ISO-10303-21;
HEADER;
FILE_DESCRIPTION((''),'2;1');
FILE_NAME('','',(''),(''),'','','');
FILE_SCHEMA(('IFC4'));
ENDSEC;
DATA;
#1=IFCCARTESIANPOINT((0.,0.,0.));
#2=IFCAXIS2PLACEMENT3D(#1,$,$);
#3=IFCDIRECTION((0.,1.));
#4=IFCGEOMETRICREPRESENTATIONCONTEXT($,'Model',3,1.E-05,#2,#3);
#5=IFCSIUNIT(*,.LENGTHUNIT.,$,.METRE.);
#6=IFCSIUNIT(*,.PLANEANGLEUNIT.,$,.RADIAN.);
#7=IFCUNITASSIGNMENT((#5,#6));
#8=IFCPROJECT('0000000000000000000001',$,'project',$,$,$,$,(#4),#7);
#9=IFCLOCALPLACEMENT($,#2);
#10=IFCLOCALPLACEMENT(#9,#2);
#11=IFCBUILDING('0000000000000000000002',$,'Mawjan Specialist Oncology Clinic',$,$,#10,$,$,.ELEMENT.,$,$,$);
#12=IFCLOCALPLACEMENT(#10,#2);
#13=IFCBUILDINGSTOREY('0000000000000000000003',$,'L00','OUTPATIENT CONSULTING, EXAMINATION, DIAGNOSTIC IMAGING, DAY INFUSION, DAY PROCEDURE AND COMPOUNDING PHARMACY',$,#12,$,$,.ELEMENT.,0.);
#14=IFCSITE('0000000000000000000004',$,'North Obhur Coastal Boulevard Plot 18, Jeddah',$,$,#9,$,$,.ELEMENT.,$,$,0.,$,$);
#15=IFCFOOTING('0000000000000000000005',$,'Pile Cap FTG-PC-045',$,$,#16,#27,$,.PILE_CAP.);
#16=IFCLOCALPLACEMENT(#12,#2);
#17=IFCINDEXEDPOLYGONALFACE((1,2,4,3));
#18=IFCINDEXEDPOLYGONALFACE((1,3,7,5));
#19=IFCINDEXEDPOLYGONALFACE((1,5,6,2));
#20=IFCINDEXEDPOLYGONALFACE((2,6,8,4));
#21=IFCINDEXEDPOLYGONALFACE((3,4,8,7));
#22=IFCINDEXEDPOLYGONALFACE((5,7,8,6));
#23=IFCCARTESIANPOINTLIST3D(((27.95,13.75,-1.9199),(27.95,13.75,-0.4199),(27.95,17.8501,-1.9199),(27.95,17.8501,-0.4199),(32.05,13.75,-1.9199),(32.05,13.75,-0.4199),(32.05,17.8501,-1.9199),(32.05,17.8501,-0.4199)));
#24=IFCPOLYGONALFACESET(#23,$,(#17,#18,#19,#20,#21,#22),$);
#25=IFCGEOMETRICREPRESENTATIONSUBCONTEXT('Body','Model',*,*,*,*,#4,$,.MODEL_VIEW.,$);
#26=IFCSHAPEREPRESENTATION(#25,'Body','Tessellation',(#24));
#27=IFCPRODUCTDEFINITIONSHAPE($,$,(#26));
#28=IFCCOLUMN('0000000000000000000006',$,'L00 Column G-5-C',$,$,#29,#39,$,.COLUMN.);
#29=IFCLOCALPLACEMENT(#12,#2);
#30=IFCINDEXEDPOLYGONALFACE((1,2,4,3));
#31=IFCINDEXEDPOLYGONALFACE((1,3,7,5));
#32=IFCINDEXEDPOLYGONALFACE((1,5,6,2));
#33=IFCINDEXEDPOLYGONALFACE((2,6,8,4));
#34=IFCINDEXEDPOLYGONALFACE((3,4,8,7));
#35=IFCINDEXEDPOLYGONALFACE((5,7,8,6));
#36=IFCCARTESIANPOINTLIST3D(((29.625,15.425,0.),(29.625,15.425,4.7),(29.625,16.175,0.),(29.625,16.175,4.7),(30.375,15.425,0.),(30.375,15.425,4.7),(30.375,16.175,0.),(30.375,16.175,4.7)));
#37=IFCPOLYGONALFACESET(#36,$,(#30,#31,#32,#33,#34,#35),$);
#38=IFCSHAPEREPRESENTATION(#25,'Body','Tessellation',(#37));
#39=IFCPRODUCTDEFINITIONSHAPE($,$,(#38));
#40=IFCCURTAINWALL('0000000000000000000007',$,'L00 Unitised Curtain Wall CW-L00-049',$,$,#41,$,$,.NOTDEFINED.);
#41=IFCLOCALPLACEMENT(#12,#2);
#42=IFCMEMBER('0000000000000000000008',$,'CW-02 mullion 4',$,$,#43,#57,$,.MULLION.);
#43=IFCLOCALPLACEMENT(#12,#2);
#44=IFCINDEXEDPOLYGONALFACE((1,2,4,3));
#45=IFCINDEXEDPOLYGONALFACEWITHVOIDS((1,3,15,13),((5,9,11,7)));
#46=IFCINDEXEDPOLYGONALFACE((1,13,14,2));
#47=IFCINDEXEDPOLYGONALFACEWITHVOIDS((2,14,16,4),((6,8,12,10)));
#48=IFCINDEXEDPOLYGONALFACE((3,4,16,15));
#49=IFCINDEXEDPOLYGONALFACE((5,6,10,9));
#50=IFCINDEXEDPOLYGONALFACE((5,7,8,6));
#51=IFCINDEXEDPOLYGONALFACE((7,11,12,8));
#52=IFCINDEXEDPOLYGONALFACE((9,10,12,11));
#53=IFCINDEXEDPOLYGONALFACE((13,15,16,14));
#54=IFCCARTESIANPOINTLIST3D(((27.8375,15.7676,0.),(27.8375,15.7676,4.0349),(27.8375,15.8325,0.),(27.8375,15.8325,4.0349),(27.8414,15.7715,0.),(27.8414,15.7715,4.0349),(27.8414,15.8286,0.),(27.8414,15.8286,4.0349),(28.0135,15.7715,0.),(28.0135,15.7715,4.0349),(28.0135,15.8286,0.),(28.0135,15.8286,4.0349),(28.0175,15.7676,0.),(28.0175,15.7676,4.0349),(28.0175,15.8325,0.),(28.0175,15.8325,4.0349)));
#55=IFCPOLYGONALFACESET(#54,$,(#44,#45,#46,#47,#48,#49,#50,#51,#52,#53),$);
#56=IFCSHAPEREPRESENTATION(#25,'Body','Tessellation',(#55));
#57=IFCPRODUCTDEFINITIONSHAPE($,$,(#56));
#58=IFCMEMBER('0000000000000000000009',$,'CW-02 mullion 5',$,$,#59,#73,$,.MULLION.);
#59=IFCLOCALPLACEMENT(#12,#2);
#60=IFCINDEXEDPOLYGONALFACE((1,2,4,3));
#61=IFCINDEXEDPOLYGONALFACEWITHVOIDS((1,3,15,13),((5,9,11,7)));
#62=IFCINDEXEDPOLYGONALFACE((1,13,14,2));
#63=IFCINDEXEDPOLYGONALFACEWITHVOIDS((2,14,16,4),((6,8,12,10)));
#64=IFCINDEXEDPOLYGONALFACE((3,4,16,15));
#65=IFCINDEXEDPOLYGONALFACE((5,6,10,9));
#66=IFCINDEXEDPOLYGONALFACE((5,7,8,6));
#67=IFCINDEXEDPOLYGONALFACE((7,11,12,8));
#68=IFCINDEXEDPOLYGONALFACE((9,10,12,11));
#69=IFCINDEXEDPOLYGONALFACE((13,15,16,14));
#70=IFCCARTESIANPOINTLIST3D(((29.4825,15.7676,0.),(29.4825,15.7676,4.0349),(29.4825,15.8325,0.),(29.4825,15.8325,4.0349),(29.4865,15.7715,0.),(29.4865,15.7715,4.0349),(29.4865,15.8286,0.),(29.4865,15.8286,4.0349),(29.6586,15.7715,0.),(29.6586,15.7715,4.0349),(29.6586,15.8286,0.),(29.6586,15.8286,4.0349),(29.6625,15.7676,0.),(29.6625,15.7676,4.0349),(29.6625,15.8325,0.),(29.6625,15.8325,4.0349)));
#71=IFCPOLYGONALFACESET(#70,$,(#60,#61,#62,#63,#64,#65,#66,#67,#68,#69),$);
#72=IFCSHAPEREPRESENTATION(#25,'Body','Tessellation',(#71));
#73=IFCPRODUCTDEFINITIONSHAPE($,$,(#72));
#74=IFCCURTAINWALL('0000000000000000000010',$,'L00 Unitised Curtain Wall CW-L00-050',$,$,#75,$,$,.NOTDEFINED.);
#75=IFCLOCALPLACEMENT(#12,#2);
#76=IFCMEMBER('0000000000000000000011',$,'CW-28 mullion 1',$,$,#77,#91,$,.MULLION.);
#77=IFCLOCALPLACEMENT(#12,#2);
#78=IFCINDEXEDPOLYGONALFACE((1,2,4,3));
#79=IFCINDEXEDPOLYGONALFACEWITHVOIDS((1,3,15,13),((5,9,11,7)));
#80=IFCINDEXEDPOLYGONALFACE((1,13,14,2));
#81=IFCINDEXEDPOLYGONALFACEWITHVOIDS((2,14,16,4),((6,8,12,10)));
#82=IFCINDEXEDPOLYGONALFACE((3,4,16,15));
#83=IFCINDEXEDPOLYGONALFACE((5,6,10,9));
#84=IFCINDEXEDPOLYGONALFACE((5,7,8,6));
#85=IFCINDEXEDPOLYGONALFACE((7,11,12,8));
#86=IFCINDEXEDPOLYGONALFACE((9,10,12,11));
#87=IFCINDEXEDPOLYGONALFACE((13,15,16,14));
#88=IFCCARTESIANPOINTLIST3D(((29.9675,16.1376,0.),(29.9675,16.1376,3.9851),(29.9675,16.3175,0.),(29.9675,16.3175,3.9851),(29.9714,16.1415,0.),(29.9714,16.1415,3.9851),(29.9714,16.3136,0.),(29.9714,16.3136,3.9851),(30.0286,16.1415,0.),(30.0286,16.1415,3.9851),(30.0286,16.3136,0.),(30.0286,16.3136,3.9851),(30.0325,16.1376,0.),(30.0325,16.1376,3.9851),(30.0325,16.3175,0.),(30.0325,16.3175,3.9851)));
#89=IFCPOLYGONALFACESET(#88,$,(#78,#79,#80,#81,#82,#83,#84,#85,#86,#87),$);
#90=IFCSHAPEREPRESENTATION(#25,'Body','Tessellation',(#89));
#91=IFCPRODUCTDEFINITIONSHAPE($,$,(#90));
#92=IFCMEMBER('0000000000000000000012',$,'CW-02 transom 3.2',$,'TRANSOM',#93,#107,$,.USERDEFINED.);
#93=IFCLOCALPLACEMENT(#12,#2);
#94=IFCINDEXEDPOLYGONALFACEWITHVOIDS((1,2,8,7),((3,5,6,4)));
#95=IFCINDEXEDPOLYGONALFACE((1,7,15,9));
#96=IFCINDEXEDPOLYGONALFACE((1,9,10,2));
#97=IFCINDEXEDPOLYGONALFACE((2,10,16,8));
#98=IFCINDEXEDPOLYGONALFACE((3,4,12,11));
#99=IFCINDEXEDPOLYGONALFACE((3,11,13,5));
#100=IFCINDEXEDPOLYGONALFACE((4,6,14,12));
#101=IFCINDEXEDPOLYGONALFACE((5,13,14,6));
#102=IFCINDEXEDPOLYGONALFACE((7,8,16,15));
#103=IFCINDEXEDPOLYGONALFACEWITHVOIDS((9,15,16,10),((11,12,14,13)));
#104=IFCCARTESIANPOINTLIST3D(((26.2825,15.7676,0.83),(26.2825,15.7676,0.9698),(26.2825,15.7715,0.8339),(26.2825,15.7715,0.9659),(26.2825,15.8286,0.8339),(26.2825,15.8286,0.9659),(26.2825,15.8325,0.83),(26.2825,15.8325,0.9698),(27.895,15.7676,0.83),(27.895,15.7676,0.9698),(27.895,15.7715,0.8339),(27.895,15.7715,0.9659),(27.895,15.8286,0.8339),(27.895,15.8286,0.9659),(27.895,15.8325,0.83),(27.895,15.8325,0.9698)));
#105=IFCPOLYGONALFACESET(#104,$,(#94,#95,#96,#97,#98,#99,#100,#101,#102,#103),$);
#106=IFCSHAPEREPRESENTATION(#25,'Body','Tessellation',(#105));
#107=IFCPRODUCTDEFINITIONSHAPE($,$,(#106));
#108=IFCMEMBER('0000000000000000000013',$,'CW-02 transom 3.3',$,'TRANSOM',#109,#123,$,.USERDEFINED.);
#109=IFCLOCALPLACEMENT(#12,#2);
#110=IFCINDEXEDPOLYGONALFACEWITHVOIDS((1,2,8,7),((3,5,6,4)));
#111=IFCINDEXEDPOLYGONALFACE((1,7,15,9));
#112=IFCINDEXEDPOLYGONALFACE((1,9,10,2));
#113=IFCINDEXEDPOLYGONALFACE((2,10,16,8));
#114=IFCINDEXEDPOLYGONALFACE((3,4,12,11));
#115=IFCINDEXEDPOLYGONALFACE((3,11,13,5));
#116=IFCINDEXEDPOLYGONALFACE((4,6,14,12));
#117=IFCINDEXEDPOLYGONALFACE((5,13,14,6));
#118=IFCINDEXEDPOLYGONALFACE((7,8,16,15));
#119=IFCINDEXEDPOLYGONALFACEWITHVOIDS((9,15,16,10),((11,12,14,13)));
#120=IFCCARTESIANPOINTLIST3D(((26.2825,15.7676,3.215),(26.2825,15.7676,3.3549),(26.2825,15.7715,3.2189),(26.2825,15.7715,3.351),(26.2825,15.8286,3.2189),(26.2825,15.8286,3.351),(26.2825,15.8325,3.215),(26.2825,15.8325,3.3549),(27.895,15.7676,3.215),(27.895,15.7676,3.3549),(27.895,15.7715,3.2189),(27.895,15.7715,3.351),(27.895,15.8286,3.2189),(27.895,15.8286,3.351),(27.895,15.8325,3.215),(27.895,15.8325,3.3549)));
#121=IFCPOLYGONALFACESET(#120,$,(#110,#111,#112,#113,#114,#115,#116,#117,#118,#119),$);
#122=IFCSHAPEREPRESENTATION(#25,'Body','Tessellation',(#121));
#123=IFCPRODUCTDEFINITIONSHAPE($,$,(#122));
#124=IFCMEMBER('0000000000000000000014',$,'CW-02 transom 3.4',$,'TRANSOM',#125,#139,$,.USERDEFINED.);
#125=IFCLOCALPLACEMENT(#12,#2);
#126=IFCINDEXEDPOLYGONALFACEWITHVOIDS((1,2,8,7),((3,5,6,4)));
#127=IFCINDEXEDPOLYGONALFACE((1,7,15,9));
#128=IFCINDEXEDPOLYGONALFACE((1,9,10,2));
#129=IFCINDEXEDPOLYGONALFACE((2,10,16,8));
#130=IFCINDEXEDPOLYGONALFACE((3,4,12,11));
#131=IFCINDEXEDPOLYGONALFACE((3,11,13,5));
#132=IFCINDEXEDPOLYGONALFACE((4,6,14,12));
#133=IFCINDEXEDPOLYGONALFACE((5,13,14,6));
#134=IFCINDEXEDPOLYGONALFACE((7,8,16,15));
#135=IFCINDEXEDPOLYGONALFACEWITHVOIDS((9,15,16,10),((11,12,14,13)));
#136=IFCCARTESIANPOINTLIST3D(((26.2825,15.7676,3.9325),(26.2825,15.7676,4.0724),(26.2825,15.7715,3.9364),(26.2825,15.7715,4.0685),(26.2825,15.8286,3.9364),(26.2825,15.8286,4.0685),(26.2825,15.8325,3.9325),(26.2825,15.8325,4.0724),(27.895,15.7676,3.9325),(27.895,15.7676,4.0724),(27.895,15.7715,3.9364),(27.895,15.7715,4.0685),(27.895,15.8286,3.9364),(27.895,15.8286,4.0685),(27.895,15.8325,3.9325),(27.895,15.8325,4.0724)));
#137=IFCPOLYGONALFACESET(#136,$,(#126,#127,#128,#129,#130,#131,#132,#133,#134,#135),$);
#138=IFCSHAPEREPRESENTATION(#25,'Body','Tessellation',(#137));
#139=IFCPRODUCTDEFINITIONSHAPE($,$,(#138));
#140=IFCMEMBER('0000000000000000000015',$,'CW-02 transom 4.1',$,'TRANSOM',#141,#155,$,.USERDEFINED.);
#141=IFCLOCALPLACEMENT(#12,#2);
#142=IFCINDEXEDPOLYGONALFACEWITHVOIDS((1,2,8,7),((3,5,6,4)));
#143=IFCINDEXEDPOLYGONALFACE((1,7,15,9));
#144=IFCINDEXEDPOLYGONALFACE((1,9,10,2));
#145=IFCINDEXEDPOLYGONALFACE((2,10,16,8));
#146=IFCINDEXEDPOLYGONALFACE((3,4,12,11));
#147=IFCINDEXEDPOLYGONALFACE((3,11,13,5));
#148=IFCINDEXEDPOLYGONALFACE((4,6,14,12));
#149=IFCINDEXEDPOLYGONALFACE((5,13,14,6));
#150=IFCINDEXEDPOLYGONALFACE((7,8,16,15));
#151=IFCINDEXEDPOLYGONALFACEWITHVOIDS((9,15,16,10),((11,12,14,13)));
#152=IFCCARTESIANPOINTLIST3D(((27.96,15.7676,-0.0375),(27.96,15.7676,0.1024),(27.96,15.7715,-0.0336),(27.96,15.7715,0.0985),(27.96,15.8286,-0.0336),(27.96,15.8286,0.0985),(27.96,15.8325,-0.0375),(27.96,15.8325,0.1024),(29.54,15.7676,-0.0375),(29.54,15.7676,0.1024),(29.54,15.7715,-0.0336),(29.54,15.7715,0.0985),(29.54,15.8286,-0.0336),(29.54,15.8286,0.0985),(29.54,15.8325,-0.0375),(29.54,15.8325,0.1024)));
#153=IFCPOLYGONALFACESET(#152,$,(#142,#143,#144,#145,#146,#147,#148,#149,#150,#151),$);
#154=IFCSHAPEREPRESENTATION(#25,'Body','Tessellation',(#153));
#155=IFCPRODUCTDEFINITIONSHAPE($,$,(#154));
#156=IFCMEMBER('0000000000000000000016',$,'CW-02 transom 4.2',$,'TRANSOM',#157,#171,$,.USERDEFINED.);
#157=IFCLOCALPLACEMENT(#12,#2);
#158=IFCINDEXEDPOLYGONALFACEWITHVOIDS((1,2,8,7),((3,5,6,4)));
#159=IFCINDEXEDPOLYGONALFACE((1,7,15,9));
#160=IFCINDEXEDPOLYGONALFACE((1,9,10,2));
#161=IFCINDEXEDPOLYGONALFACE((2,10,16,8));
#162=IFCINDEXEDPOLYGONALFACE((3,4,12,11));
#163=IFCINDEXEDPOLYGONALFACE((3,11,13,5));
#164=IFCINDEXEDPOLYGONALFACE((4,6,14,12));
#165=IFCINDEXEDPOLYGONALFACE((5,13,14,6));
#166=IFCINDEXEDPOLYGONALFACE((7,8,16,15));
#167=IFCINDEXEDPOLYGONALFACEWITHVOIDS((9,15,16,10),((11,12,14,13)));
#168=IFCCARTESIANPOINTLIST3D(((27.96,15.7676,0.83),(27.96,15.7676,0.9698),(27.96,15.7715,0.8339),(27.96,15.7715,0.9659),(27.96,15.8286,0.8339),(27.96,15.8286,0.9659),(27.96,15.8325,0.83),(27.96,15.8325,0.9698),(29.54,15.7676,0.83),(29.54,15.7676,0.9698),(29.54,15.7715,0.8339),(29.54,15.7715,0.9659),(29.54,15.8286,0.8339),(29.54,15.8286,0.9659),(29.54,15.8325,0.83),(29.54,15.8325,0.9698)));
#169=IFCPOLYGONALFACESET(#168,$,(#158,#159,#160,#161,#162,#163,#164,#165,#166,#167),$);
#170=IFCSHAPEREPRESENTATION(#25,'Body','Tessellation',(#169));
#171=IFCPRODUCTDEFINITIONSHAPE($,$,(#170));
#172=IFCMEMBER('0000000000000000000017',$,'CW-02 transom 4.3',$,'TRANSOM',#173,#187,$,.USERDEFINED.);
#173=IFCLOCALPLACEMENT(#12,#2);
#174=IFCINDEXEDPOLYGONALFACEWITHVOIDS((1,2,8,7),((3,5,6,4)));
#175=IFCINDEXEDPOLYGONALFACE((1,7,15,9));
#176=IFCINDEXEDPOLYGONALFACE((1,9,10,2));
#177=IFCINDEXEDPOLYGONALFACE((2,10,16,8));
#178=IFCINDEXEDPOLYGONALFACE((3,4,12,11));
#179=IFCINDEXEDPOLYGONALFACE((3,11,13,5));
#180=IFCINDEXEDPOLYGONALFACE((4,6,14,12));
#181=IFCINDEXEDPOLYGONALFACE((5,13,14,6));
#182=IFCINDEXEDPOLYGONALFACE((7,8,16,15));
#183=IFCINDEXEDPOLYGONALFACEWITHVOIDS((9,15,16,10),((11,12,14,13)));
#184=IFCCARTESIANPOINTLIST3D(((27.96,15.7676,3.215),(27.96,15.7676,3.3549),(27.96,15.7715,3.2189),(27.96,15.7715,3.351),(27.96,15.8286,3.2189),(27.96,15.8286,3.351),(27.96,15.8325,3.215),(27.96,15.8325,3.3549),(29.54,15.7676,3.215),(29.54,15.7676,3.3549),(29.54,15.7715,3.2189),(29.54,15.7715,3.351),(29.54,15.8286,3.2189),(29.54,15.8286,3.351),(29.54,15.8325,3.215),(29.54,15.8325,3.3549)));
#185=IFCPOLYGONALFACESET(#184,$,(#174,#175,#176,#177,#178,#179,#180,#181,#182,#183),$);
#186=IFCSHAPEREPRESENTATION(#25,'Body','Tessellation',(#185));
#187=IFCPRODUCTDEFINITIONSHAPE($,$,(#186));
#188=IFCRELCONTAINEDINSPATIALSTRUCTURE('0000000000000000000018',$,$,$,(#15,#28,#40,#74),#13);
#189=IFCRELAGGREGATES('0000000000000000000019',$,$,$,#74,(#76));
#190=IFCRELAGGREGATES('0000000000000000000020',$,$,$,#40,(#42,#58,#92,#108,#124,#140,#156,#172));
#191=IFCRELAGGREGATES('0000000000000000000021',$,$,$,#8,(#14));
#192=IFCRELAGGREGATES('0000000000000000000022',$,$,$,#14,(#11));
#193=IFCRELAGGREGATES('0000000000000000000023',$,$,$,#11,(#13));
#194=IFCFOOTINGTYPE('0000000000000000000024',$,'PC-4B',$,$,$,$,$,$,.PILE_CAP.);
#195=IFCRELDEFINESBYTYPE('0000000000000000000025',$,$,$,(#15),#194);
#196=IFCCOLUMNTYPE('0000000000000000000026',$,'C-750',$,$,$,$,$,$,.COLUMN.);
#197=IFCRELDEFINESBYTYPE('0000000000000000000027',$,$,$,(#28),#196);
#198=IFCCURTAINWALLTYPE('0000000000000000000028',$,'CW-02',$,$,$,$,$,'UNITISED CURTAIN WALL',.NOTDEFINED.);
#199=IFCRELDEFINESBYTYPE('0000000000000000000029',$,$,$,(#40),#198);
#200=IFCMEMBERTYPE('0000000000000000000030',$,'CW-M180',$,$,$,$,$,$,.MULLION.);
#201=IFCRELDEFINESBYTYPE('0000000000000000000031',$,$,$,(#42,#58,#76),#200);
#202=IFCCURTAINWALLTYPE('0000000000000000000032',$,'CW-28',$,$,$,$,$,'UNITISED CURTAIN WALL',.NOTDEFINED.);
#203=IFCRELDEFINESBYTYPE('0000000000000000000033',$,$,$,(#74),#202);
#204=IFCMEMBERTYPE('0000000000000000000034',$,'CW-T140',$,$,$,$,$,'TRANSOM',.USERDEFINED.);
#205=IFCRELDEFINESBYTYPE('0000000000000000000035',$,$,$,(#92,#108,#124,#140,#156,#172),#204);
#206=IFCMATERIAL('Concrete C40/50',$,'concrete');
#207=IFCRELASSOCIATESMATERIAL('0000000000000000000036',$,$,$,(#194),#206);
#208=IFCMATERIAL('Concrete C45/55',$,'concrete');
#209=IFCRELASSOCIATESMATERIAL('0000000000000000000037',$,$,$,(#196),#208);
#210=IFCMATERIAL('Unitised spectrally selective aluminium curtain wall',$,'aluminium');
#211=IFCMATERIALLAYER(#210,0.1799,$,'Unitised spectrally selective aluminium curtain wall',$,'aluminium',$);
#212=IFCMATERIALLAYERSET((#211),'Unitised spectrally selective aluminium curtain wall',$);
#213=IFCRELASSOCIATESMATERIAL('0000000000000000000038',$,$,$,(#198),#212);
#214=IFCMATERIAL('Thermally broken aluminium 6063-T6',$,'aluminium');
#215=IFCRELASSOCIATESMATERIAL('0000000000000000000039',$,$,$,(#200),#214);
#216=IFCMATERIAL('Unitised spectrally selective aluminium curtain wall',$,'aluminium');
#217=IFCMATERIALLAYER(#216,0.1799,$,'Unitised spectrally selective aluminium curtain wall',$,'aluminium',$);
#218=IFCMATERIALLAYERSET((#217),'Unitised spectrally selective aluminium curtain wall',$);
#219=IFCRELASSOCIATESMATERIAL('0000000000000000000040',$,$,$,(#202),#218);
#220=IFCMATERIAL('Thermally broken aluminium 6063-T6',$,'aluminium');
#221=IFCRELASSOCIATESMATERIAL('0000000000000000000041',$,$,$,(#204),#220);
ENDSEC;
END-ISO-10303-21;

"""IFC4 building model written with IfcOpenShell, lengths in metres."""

from ifc_helpers import new_model, si_unit, direction, frame, origin, origin_2d, place, context, subcontext, project, spatial, rectangle, hollow_rectangle, extrude, material, layer, layer_set, material_profile, profile_set, type_object, element, aggregate, save


model = new_model("IFC4")

# Units and contexts
model_context = context("Model", 3, precision=1e-05, world=origin(), true_north=direction((0.0, 1.0)))
body_context = subcontext(model_context, "Body", "Model", "MODEL_VIEW")
ifc_project = project(units=[si_unit("LENGTHUNIT", "METRE"), si_unit("PLANEANGLEUNIT", "RADIAN")], contexts=[model_context])

# Site, building, storey
site_placement = place(None, origin())
site = spatial("IfcSite", under=ifc_project, at=site_placement, Name="North Obhur Coastal Boulevard Plot 18, Jeddah", CompositionType="ELEMENT", RefElevation=0.0)
building_placement = place(site_placement, origin())
building = spatial("IfcBuilding", under=site, at=building_placement, Name="Mawjan Specialist Oncology Clinic", CompositionType="ELEMENT")
storey_placement = place(building_placement, origin())
storey = spatial("IfcBuildingStorey", under=building, at=storey_placement, Name="L00", Description="OUTPATIENT CONSULTING, EXAMINATION, DIAGNOSTIC IMAGING, DAY INFUSION, DAY PROCEDURE AND COMPOUNDING PHARMACY", CompositionType="ELEMENT", Elevation=0.0)

# Footing
ifc_material_1 = material(Name="Concrete C40/50", Category="concrete")
footing_type = type_object("IfcFootingType", Name="PC-4B", PredefinedType="PILE_CAP", material=ifc_material_1)
footing_placement = place(storey_placement, frame((30.0, 15.8, -1.9199), z_axis=(0.0, 0.0, 1.0), x_axis=(1.0, 0.0, 0.0)))
element("IfcFooting", 1, at=footing_placement, inside=storey, type_object=footing_type, Name="Pile Cap FTG-PC-045", PredefinedType="PILE_CAP", context=body_context, shape_type="SweptSolid", body=[
    extrude(rectangle(XDim=4.1001, YDim=4.1001, at=origin_2d()), origin(), (0.0, 0.0, 1.0), 1.5),
])

# Column
ifc_material_2 = material(Name="Concrete C45/55", Category="concrete")
ifc_material_profile_1 = material_profile(ifc_material_2, rectangle(XDim=0.75, YDim=0.75, at=origin_2d()), Name="RC COL 750x750", Category="concrete")
ifc_profile_set_1 = profile_set([ifc_material_profile_1], Name="Concrete C45/55")
column_type = type_object("IfcColumnType", Name="C-750", PredefinedType="COLUMN", material=ifc_profile_set_1)
column_placement = place(storey_placement, frame((30.0, 15.8, 0.0), z_axis=(0.0, 0.0, 1.0), x_axis=(1.0, 0.0, 0.0)))
element("IfcColumn", 2, at=column_placement, inside=storey, type_object=column_type, Name="L00 Column G-5-C", PredefinedType="COLUMN", context=body_context, shape_type="SweptSolid", body=[
    extrude(rectangle(XDim=0.75, YDim=0.75, at=origin_2d()), origin(), (0.0, 0.0, 1.0), 4.7),
])

# Curtain wall, members
ifc_material_3 = material(Name="Unitised spectrally selective aluminium curtain wall", Category="aluminium")
ifc_layer_1 = layer(ifc_material_3, 0.1799, Name="Unitised spectrally selective aluminium curtain wall", Category="aluminium")
ifc_layer_set_1 = layer_set([ifc_layer_1], Name="Unitised spectrally selective aluminium curtain wall")
curtain_wall_type_1 = type_object("IfcCurtainWallType", Name="CW-02", ElementType="UNITISED CURTAIN WALL", PredefinedType="NOTDEFINED", material=ifc_layer_set_1)
curtain_wall_1_placement = place(storey_placement, origin())
curtain_wall_1 = element("IfcCurtainWall", 3, at=curtain_wall_1_placement, inside=storey, type_object=curtain_wall_type_1, Name="L00 Unitised Curtain Wall CW-L00-049", PredefinedType="NOTDEFINED")
ifc_material_4 = material(Name="Thermally broken aluminium 6063-T6", Category="aluminium")
ifc_material_profile_2 = material_profile(ifc_material_4, hollow_rectangle(XDim=0.0649, YDim=0.1799, WallThickness=0.0039, at=origin_2d()), Name="ALU MULLION 180x65x4", Category="aluminium")
ifc_profile_set_2 = profile_set([ifc_material_profile_2], Name="Thermally broken aluminium 6063-T6")
member_type_1 = type_object("IfcMemberType", Name="CW-M180", PredefinedType="MULLION", material=ifc_profile_set_2)
member_1_placement = place(storey_placement, frame((27.9275, 15.8, 0.0), z_axis=(0.0, 0.0, 1.0), x_axis=(0.0, 1.0, 0.0)))
member_1 = element("IfcMember", 4, at=member_1_placement, type_object=member_type_1, Name="CW-02 mullion 4", PredefinedType="MULLION", context=body_context, shape_type="SweptSolid", body=[
    extrude(hollow_rectangle(XDim=0.0649, YDim=0.1799, WallThickness=0.0039, at=origin_2d()), origin(), (0.0, 0.0, 1.0), 4.0349),
])
member_2_placement = place(storey_placement, frame((29.5725, 15.8, 0.0), z_axis=(0.0, 0.0, 1.0), x_axis=(0.0, 1.0, 0.0)))
member_2 = element("IfcMember", 5, at=member_2_placement, type_object=member_type_1, Name="CW-02 mullion 5", PredefinedType="MULLION", context=body_context, shape_type="SweptSolid", body=[
    extrude(hollow_rectangle(XDim=0.0649, YDim=0.1799, WallThickness=0.0039, at=origin_2d()), origin(), (0.0, 0.0, 1.0), 4.0349),
])

# Curtain wall, member
ifc_material_5 = material(Name="Unitised spectrally selective aluminium curtain wall", Category="aluminium")
ifc_layer_2 = layer(ifc_material_5, 0.1799, Name="Unitised spectrally selective aluminium curtain wall", Category="aluminium")
ifc_layer_set_2 = layer_set([ifc_layer_2], Name="Unitised spectrally selective aluminium curtain wall")
curtain_wall_type_2 = type_object("IfcCurtainWallType", Name="CW-28", ElementType="UNITISED CURTAIN WALL", PredefinedType="NOTDEFINED", material=ifc_layer_set_2)
curtain_wall_2_placement = place(storey_placement, origin())
curtain_wall_2 = element("IfcCurtainWall", 6, at=curtain_wall_2_placement, inside=storey, type_object=curtain_wall_type_2, Name="L00 Unitised Curtain Wall CW-L00-050", PredefinedType="NOTDEFINED")
member_3_placement = place(storey_placement, frame((30.0, 16.2275, 0.0), z_axis=(0.0, 0.0, 1.0), x_axis=(-1.0, 0.0, 0.0)))
member_3 = element("IfcMember", 7, at=member_3_placement, type_object=member_type_1, Name="CW-28 mullion 1", PredefinedType="MULLION", context=body_context, shape_type="SweptSolid", body=[
    extrude(hollow_rectangle(XDim=0.0649, YDim=0.1799, WallThickness=0.0039, at=origin_2d()), origin(), (0.0, 0.0, 1.0), 3.9851),
])

# Members
ifc_material_6 = material(Name="Thermally broken aluminium 6063-T6", Category="aluminium")
ifc_material_profile_3 = material_profile(ifc_material_6, hollow_rectangle(XDim=0.0649, YDim=0.1399, WallThickness=0.0039, at=origin_2d()), Name="ALU TRANSOM 140x65x4", Category="aluminium")
ifc_profile_set_3 = profile_set([ifc_material_profile_3], Name="Thermally broken aluminium 6063-T6")
member_type_2 = type_object("IfcMemberType", Name="CW-T140", ElementType="TRANSOM", PredefinedType="USERDEFINED", material=ifc_profile_set_3)
member_4_placement = place(storey_placement, frame((26.2825, 15.8, 0.8999), z_axis=(1.0, 0.0, 0.0), x_axis=(0.0, 1.0, 0.0)))
member_4 = element("IfcMember", 8, at=member_4_placement, type_object=member_type_2, Name="CW-02 transom 3.2", ObjectType="TRANSOM", PredefinedType="USERDEFINED", context=body_context, shape_type="SweptSolid", body=[
    extrude(hollow_rectangle(XDim=0.0649, YDim=0.1399, WallThickness=0.0039, at=origin_2d()), origin(), (0.0, 0.0, 1.0), 1.6125),
])
member_5_placement = place(storey_placement, frame((26.2825, 15.8, 3.2849), z_axis=(1.0, 0.0, 0.0), x_axis=(0.0, 1.0, 0.0)))
member_5 = element("IfcMember", 9, at=member_5_placement, type_object=member_type_2, Name="CW-02 transom 3.3", ObjectType="TRANSOM", PredefinedType="USERDEFINED", context=body_context, shape_type="SweptSolid", body=[
    extrude(hollow_rectangle(XDim=0.0649, YDim=0.1399, WallThickness=0.0039, at=origin_2d()), origin(), (0.0, 0.0, 1.0), 1.6125),
])
member_6_placement = place(storey_placement, frame((26.2825, 15.8, 4.0024), z_axis=(1.0, 0.0, 0.0), x_axis=(0.0, 1.0, 0.0)))
member_6 = element("IfcMember", 10, at=member_6_placement, type_object=member_type_2, Name="CW-02 transom 3.4", ObjectType="TRANSOM", PredefinedType="USERDEFINED", context=body_context, shape_type="SweptSolid", body=[
    extrude(hollow_rectangle(XDim=0.0649, YDim=0.1399, WallThickness=0.0039, at=origin_2d()), origin(), (0.0, 0.0, 1.0), 1.6125),
])
member_7_placement = place(storey_placement, frame((27.96, 15.8, 0.0325), z_axis=(1.0, 0.0, 0.0), x_axis=(0.0, 1.0, 0.0)))
member_7 = element("IfcMember", 11, at=member_7_placement, type_object=member_type_2, Name="CW-02 transom 4.1", ObjectType="TRANSOM", PredefinedType="USERDEFINED", context=body_context, shape_type="SweptSolid", body=[
    extrude(hollow_rectangle(XDim=0.0649, YDim=0.1399, WallThickness=0.0039, at=origin_2d()), origin(), (0.0, 0.0, 1.0), 1.5801),
])
member_8_placement = place(storey_placement, frame((27.96, 15.8, 0.8999), z_axis=(1.0, 0.0, 0.0), x_axis=(0.0, 1.0, 0.0)))
member_8 = element("IfcMember", 12, at=member_8_placement, type_object=member_type_2, Name="CW-02 transom 4.2", ObjectType="TRANSOM", PredefinedType="USERDEFINED", context=body_context, shape_type="SweptSolid", body=[
    extrude(hollow_rectangle(XDim=0.0649, YDim=0.1399, WallThickness=0.0039, at=origin_2d()), origin(), (0.0, 0.0, 1.0), 1.5801),
])
member_9_placement = place(storey_placement, frame((27.96, 15.8, 3.2849), z_axis=(1.0, 0.0, 0.0), x_axis=(0.0, 1.0, 0.0)))
member_9 = element("IfcMember", 13, at=member_9_placement, type_object=member_type_2, Name="CW-02 transom 4.3", ObjectType="TRANSOM", PredefinedType="USERDEFINED", context=body_context, shape_type="SweptSolid", body=[
    extrude(hollow_rectangle(XDim=0.0649, YDim=0.1399, WallThickness=0.0039, at=origin_2d()), origin(), (0.0, 0.0, 1.0), 1.5801),
])
aggregate(curtain_wall_2, [member_3])

aggregate(curtain_wall_1, [member_1, member_2, member_4, member_5, member_6, member_7, member_8, member_9])

save(model, "model.ifc")
